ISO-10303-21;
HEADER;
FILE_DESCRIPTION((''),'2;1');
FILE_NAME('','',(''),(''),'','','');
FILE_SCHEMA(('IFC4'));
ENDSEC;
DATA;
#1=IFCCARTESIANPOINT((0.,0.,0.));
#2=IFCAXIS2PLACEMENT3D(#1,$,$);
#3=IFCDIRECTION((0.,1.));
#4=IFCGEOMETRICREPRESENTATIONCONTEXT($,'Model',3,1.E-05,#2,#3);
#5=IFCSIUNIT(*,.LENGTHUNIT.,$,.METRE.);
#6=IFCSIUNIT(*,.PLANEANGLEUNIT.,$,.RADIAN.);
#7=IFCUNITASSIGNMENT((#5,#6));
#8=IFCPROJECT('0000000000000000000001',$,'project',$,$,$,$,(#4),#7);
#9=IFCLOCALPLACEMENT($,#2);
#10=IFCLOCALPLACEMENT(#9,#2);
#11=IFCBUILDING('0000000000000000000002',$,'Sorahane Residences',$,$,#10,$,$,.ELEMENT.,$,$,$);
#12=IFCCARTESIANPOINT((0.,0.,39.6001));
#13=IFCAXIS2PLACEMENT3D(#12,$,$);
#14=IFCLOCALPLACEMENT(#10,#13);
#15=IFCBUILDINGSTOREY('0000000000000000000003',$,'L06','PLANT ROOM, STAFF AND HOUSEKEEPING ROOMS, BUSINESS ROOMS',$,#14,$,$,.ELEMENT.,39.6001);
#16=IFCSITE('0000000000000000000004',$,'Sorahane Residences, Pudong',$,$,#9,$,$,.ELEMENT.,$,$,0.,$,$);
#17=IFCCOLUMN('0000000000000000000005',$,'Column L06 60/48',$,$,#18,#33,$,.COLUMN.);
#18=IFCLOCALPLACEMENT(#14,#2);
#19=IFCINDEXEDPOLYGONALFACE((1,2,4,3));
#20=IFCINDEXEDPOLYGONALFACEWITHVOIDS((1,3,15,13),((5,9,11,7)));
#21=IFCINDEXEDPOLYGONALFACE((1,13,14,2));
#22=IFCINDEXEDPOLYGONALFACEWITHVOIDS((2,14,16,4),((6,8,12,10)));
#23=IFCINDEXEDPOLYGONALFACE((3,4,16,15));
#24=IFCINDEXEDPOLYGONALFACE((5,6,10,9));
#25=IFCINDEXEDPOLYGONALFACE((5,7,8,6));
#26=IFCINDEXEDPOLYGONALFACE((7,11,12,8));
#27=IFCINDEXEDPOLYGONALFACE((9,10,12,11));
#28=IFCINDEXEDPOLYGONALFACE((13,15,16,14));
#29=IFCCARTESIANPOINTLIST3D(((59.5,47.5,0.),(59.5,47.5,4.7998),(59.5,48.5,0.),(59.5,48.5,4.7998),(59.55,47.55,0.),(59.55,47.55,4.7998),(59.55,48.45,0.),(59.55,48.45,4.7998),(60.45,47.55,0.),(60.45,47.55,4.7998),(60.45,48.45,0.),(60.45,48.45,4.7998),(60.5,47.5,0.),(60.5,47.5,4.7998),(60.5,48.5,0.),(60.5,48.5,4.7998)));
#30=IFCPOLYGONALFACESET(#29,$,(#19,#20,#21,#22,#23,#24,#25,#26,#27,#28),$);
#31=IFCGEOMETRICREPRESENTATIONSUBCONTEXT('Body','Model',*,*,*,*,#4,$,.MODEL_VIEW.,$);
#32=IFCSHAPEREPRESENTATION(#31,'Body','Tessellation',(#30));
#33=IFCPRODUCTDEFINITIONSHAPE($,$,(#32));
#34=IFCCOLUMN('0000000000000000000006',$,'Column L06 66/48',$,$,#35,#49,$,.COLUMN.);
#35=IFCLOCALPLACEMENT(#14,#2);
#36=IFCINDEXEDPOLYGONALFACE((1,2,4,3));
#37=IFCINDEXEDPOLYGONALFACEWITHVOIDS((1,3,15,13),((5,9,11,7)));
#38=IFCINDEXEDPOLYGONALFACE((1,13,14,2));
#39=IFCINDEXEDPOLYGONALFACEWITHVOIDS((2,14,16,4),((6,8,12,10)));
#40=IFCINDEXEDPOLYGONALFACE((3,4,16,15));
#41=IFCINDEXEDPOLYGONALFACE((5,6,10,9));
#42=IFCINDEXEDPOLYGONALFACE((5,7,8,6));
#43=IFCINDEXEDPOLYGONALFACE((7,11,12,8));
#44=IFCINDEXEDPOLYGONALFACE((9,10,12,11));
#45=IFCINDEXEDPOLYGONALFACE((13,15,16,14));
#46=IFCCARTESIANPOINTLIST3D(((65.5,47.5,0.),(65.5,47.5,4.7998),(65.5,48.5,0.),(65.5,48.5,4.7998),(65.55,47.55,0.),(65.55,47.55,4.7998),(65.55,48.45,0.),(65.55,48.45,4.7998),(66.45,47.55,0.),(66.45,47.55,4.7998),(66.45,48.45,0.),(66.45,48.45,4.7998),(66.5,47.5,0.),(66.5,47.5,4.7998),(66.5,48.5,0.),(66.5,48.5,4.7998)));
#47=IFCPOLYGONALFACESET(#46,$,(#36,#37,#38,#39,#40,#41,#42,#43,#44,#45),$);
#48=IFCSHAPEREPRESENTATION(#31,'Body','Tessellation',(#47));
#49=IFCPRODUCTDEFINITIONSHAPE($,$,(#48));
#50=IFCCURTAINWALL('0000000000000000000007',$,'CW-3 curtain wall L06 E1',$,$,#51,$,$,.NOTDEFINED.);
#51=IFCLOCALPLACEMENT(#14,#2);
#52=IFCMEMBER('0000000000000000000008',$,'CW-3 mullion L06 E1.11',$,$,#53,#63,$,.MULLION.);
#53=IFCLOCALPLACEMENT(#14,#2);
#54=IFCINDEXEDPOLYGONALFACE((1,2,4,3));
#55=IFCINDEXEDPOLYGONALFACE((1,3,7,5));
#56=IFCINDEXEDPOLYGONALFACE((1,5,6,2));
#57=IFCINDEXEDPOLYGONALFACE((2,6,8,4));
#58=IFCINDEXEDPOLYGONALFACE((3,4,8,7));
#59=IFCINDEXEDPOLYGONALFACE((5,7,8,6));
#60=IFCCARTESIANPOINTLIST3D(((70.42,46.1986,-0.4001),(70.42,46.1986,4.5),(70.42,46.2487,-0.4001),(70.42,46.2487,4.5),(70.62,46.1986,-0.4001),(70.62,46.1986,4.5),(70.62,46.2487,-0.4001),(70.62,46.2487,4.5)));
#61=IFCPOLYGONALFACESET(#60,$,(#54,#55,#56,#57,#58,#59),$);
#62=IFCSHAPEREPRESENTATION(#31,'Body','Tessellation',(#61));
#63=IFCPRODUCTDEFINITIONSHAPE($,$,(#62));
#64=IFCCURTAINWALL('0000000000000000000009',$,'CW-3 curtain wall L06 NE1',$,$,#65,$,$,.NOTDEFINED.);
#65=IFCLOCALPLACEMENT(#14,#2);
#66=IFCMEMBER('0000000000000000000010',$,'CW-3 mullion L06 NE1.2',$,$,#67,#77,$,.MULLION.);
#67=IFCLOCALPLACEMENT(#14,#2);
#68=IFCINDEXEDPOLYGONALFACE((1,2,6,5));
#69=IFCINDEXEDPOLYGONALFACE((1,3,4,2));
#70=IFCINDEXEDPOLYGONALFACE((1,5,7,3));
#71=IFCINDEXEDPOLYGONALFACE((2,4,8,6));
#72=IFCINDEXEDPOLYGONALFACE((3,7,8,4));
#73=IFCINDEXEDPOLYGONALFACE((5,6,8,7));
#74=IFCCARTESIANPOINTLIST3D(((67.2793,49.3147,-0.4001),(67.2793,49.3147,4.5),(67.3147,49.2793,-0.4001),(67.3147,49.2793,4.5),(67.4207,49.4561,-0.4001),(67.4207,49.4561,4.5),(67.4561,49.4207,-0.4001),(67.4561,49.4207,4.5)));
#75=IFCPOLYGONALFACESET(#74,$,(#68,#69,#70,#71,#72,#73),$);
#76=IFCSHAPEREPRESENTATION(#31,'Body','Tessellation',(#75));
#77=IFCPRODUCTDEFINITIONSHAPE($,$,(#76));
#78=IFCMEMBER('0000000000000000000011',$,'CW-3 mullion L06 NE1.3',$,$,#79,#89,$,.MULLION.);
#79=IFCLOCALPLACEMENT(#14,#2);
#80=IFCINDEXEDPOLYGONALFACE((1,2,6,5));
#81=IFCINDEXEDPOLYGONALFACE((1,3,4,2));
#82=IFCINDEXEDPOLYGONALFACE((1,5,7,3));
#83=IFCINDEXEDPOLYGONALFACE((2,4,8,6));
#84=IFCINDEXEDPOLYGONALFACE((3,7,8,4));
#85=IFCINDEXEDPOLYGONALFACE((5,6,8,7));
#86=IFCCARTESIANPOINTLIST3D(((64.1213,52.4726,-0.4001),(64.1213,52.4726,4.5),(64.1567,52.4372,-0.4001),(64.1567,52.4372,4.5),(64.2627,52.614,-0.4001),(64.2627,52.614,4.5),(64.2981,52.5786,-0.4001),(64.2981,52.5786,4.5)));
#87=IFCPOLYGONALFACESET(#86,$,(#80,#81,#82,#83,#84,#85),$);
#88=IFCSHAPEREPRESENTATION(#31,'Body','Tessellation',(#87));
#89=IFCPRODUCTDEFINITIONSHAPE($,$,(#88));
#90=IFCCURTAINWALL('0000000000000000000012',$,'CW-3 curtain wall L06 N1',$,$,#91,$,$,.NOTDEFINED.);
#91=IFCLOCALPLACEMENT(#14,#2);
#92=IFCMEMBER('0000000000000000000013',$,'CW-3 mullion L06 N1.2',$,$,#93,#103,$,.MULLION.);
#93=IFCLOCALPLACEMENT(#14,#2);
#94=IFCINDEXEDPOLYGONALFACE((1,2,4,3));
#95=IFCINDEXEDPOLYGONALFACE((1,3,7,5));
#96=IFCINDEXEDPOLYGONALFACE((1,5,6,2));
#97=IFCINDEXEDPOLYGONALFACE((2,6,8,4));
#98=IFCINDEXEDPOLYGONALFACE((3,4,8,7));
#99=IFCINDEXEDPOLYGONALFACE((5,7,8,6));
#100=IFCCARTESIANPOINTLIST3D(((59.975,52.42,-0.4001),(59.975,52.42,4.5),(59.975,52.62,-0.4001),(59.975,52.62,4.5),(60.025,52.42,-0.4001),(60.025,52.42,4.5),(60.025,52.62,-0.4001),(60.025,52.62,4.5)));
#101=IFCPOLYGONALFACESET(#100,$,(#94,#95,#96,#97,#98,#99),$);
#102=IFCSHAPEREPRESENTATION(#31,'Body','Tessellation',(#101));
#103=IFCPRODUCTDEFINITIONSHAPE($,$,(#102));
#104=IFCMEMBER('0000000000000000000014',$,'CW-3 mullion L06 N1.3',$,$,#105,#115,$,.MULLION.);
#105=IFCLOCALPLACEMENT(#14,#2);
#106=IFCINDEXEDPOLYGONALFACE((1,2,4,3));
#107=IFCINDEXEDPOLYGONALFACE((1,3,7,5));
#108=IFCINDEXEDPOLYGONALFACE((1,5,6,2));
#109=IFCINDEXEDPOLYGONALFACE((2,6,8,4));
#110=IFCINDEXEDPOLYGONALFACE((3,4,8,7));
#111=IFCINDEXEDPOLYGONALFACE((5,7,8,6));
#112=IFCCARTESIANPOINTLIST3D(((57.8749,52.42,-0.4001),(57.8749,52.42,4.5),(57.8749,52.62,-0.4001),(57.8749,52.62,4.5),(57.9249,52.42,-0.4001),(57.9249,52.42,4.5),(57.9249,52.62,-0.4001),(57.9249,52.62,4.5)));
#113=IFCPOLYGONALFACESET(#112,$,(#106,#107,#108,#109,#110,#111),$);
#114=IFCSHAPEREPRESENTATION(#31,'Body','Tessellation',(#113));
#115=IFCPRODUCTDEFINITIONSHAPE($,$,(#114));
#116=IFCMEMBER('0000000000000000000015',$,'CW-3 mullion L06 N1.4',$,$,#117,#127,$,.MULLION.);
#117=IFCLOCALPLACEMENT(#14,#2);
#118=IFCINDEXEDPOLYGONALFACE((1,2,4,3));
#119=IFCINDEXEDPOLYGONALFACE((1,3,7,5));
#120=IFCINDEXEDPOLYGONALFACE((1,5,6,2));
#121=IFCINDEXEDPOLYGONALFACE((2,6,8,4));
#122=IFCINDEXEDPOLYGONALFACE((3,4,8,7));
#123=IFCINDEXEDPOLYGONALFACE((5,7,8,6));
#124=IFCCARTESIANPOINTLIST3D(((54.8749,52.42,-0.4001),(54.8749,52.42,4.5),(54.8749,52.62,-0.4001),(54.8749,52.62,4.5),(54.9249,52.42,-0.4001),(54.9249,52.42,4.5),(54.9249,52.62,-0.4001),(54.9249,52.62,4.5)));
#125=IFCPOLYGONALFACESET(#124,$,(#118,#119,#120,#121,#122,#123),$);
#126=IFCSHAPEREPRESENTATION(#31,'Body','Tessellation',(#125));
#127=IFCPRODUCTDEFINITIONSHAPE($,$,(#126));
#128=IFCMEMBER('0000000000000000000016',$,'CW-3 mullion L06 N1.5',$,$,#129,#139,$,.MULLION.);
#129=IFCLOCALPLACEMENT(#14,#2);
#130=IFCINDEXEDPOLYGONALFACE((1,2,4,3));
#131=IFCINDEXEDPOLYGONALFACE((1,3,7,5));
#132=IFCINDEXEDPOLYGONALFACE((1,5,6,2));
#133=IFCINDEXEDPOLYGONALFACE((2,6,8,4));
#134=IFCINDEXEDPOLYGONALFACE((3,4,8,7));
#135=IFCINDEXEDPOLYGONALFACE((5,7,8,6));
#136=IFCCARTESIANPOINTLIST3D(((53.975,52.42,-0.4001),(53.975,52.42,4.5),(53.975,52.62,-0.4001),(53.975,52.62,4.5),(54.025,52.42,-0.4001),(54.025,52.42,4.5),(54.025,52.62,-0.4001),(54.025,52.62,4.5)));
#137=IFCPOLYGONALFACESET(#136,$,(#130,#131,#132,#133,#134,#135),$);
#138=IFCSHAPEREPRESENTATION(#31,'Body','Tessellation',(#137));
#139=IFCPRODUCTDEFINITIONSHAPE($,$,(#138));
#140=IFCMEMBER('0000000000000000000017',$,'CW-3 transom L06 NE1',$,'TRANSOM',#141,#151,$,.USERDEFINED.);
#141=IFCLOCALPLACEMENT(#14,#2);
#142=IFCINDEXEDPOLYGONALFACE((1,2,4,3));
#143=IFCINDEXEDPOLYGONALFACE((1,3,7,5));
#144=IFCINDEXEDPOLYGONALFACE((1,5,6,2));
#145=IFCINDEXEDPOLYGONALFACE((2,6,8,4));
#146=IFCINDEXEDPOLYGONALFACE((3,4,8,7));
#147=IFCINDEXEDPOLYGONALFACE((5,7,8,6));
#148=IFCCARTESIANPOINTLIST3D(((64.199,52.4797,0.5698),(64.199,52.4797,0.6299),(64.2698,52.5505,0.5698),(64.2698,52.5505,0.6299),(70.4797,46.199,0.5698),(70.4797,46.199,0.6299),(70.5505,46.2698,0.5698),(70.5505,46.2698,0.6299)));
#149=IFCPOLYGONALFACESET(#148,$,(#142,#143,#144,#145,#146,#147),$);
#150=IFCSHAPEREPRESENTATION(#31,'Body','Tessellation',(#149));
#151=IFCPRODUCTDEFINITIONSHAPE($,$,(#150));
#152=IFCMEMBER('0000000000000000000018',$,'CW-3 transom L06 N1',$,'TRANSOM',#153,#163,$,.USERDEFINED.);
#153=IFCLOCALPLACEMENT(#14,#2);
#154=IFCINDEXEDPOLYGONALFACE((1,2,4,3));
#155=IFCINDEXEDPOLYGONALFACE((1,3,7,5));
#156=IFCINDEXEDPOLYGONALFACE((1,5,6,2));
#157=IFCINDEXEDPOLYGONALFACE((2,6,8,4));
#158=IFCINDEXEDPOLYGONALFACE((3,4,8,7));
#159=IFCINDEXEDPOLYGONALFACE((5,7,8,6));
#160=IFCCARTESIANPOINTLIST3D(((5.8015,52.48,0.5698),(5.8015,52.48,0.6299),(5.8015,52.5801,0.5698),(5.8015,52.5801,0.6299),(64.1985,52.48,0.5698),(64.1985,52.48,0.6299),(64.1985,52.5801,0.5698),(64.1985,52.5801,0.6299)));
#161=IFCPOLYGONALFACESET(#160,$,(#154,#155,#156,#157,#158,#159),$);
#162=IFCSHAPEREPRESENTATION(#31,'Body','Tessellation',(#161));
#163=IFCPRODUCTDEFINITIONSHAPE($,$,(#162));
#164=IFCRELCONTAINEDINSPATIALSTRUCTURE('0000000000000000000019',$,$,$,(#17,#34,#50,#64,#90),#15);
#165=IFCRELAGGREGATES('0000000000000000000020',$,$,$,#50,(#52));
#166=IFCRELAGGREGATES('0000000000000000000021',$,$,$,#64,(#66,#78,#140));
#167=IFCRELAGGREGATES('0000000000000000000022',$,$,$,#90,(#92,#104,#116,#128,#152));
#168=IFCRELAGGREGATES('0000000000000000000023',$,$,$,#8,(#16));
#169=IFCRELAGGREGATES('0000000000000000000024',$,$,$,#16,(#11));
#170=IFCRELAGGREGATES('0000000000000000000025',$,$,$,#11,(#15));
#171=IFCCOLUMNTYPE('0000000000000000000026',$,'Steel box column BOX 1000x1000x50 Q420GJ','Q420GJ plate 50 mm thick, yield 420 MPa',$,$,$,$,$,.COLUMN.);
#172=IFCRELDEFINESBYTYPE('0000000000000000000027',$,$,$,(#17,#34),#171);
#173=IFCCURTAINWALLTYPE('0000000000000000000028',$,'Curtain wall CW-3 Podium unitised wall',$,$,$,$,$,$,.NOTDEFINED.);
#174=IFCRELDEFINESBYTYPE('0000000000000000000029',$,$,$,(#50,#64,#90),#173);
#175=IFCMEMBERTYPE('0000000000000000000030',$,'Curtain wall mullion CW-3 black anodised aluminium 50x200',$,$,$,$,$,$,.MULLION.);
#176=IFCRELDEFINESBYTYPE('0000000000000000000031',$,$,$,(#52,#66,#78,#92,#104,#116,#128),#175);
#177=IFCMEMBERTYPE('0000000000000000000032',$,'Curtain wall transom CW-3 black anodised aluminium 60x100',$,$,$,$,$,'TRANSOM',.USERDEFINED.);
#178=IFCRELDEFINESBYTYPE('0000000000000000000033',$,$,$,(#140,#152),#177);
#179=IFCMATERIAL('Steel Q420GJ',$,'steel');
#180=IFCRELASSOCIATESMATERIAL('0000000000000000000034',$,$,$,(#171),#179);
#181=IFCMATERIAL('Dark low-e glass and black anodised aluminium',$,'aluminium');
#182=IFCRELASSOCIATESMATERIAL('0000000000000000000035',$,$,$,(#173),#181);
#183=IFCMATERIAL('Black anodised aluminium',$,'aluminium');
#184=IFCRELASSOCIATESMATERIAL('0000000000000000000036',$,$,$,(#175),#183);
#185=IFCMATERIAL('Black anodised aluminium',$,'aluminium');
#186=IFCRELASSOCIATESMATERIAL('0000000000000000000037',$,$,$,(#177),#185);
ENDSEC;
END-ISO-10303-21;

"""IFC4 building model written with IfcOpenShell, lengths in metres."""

from ifc_helpers import new_model, si_unit, direction, frame, origin, origin_2d, place, context, subcontext, project, spatial, rectangle, hollow_rectangle, extrude, material, material_profile, profile_set, type_object, element, aggregate, save


model = new_model("IFC4")

# Units and contexts
model_context = context("Model", 3, precision=1e-05, world=origin(), true_north=direction((0.0, 1.0)))
body_context = subcontext(model_context, "Body", "Model", "MODEL_VIEW")
ifc_project = project(units=[si_unit("LENGTHUNIT", "METRE"), si_unit("PLANEANGLEUNIT", "RADIAN")], contexts=[model_context])

# Site, building, storey
site_placement = place(None, origin())
site = spatial("IfcSite", under=ifc_project, at=site_placement, Name="Sorahane Residences, Pudong", CompositionType="ELEMENT", RefElevation=0.0)
building_placement = place(site_placement, origin())
building = spatial("IfcBuilding", under=site, at=building_placement, Name="Sorahane Residences", CompositionType="ELEMENT")
storey_placement = place(building_placement, frame((0.0, 0.0, 39.6001)))
storey = spatial("IfcBuildingStorey", under=building, at=storey_placement, Name="L06", Description="PLANT ROOM, STAFF AND HOUSEKEEPING ROOMS, BUSINESS ROOMS", CompositionType="ELEMENT", Elevation=39.6001)

# Columns
ifc_material_1 = material(Name="Steel Q420GJ", Category="steel")
ifc_material_profile_1 = material_profile(ifc_material_1, hollow_rectangle(XDim=1.0, YDim=1.0, WallThickness=0.05, at=origin_2d()), Name="BOX 1000x1000x50")
ifc_profile_set_1 = profile_set([ifc_material_profile_1], Name="Steel Q420GJ")
column_type = type_object("IfcColumnType", Name="Steel box column BOX 1000x1000x50 Q420GJ", Description="Q420GJ plate 50 mm thick, yield 420 MPa", PredefinedType="COLUMN", material=ifc_profile_set_1)
for number, where, z_axis, x_axis, name in (
    (1, (60.0, 48.0, 0.0), (0.0, 0.0, 1.0), (1.0, 0.0, 0.0), "Column L06 60/48"),
    (2, (66.0, 48.0, 0.0), (0.0, 0.0, 1.0), (1.0, 0.0, 0.0), "Column L06 66/48"),
):
    element("IfcColumn", number, at=place(storey_placement, frame(where, z_axis=z_axis, x_axis=x_axis)), inside=storey, type_object=column_type, Name=name, PredefinedType="COLUMN", context=body_context, shape_type="SweptSolid", body=[
        extrude(hollow_rectangle(XDim=1.0, YDim=1.0, WallThickness=0.05, at=origin_2d()), origin(), (0.0, 0.0, 1.0), 4.7998),
    ])

# Curtain wall, member
ifc_material_2 = material(Name="Dark low-e glass and black anodised aluminium", Category="aluminium")
curtain_wall_type = type_object("IfcCurtainWallType", Name="Curtain wall CW-3 Podium unitised wall", PredefinedType="NOTDEFINED", material=ifc_material_2)
curtain_wall_1_placement = place(storey_placement, origin())
curtain_wall_1 = element("IfcCurtainWall", 3, at=curtain_wall_1_placement, inside=storey, type_object=curtain_wall_type, Name="CW-3 curtain wall L06 E1", PredefinedType="NOTDEFINED")
ifc_material_3 = material(Name="Black anodised aluminium", Category="aluminium")
ifc_material_profile_2 = material_profile(ifc_material_3, rectangle(XDim=0.2, YDim=0.05, at=origin_2d()), Name="Curtain wall mullion CW-3 black anodised aluminium 50x200")
ifc_profile_set_2 = profile_set([ifc_material_profile_2], Name="Black anodised aluminium")
member_type_1 = type_object("IfcMemberType", Name="Curtain wall mullion CW-3 black anodised aluminium 50x200", PredefinedType="MULLION", material=ifc_profile_set_2)
member_1_placement = place(storey_placement, frame((70.52, 46.2236, -0.4001), z_axis=(0.0, 0.0, 1.0), x_axis=(1.0, 0.0, 0.0)))
member_1 = element("IfcMember", 4, at=member_1_placement, type_object=member_type_1, Name="CW-3 mullion L06 E1.11", PredefinedType="MULLION", context=body_context, shape_type="SweptSolid", body=[
    extrude(rectangle(XDim=0.2, YDim=0.05, at=origin_2d()), origin(), (0.0, 0.0, 1.0), 4.9001),
])

# Curtain walls, members
curtain_wall_2_placement = place(storey_placement, origin())
curtain_wall_2 = element("IfcCurtainWall", 5, at=curtain_wall_2_placement, inside=storey, type_object=curtain_wall_type, Name="CW-3 curtain wall L06 NE1", PredefinedType="NOTDEFINED")
member_2_placement = place(storey_placement, frame((67.3677, 49.3677, -0.4001), z_axis=(0.0, 0.0, 1.0), x_axis=(0.707107, 0.707107, 0.0)))
member_2 = element("IfcMember", 6, at=member_2_placement, type_object=member_type_1, Name="CW-3 mullion L06 NE1.2", PredefinedType="MULLION", context=body_context, shape_type="SweptSolid", body=[
    extrude(rectangle(XDim=0.2, YDim=0.05, at=origin_2d()), origin(), (0.0, 0.0, 1.0), 4.9001),
])
member_3_placement = place(storey_placement, frame((64.2097, 52.5256, -0.4001), z_axis=(0.0, 0.0, 1.0), x_axis=(0.707107, 0.707107, 0.0)))
member_3 = element("IfcMember", 7, at=member_3_placement, type_object=member_type_1, Name="CW-3 mullion L06 NE1.3", PredefinedType="MULLION", context=body_context, shape_type="SweptSolid", body=[
    extrude(rectangle(XDim=0.2, YDim=0.05, at=origin_2d()), origin(), (0.0, 0.0, 1.0), 4.9001),
])
curtain_wall_3_placement = place(storey_placement, origin())
curtain_wall_3 = element("IfcCurtainWall", 8, at=curtain_wall_3_placement, inside=storey, type_object=curtain_wall_type, Name="CW-3 curtain wall L06 N1", PredefinedType="NOTDEFINED")
member_4_placement = place(storey_placement, frame((60.0, 52.52, -0.4001), z_axis=(0.0, 0.0, 1.0), x_axis=(0.0, 1.0, 0.0)))
member_4 = element("IfcMember", 9, at=member_4_placement, type_object=member_type_1, Name="CW-3 mullion L06 N1.2", PredefinedType="MULLION", context=body_context, shape_type="SweptSolid", body=[
    extrude(rectangle(XDim=0.2, YDim=0.05, at=origin_2d()), origin(), (0.0, 0.0, 1.0), 4.9001),
])
member_5_placement = place(storey_placement, frame((57.8999, 52.52, -0.4001), z_axis=(0.0, 0.0, 1.0), x_axis=(0.0, 1.0, 0.0)))
member_5 = element("IfcMember", 10, at=member_5_placement, type_object=member_type_1, Name="CW-3 mullion L06 N1.3", PredefinedType="MULLION", context=body_context, shape_type="SweptSolid", body=[
    extrude(rectangle(XDim=0.2, YDim=0.05, at=origin_2d()), origin(), (0.0, 0.0, 1.0), 4.9001),
])
member_6_placement = place(storey_placement, frame((54.8999, 52.52, -0.4001), z_axis=(0.0, 0.0, 1.0), x_axis=(0.0, 1.0, 0.0)))
member_6 = element("IfcMember", 11, at=member_6_placement, type_object=member_type_1, Name="CW-3 mullion L06 N1.4", PredefinedType="MULLION", context=body_context, shape_type="SweptSolid", body=[
    extrude(rectangle(XDim=0.2, YDim=0.05, at=origin_2d()), origin(), (0.0, 0.0, 1.0), 4.9001),
])
member_7_placement = place(storey_placement, frame((54.0, 52.52, -0.4001), z_axis=(0.0, 0.0, 1.0), x_axis=(0.0, 1.0, 0.0)))
member_7 = element("IfcMember", 12, at=member_7_placement, type_object=member_type_1, Name="CW-3 mullion L06 N1.5", PredefinedType="MULLION", context=body_context, shape_type="SweptSolid", body=[
    extrude(rectangle(XDim=0.2, YDim=0.05, at=origin_2d()), origin(), (0.0, 0.0, 1.0), 4.9001),
])

# Members
ifc_material_4 = material(Name="Black anodised aluminium", Category="aluminium")
ifc_material_profile_3 = material_profile(ifc_material_4, rectangle(XDim=0.1001, YDim=0.0601, at=origin_2d()), Name="Curtain wall transom CW-3 black anodised aluminium 60x100")
ifc_profile_set_3 = profile_set([ifc_material_profile_3], Name="Black anodised aluminium")
member_type_2 = type_object("IfcMemberType", Name="Curtain wall transom CW-3 black anodised aluminium 60x100", ElementType="TRANSOM", PredefinedType="USERDEFINED", material=ifc_profile_set_3)
member_8_placement = place(storey_placement, frame((70.5151, 46.2344, 0.5999), z_axis=(-0.707107, 0.707107, 0.0), x_axis=(-0.707107, -0.707107, 0.0)))
member_8 = element("IfcMember", 13, at=member_8_placement, type_object=member_type_2, Name="CW-3 transom L06 NE1", ObjectType="TRANSOM", PredefinedType="USERDEFINED", context=body_context, shape_type="SweptSolid", body=[
    extrude(rectangle(XDim=0.1001, YDim=0.0601, at=origin_2d()), origin(), (0.0, 0.0, 1.0), 8.8823),
])
member_9_placement = place(storey_placement, frame((64.1985, 52.53, 0.5999), z_axis=(-1.0, 0.0, 0.0), x_axis=(0.0, -1.0, 0.0)))
member_9 = element("IfcMember", 14, at=member_9_placement, type_object=member_type_2, Name="CW-3 transom L06 N1", ObjectType="TRANSOM", PredefinedType="USERDEFINED", context=body_context, shape_type="SweptSolid", body=[
    extrude(rectangle(XDim=0.1001, YDim=0.0601, at=origin_2d()), origin(), (0.0, 0.0, 1.0), 58.397),
])

aggregate(curtain_wall_1, [member_1])
aggregate(curtain_wall_2, [member_2, member_3, member_8])
aggregate(curtain_wall_3, [member_4, member_5, member_6, member_7, member_9])

save(model, "model.ifc")
